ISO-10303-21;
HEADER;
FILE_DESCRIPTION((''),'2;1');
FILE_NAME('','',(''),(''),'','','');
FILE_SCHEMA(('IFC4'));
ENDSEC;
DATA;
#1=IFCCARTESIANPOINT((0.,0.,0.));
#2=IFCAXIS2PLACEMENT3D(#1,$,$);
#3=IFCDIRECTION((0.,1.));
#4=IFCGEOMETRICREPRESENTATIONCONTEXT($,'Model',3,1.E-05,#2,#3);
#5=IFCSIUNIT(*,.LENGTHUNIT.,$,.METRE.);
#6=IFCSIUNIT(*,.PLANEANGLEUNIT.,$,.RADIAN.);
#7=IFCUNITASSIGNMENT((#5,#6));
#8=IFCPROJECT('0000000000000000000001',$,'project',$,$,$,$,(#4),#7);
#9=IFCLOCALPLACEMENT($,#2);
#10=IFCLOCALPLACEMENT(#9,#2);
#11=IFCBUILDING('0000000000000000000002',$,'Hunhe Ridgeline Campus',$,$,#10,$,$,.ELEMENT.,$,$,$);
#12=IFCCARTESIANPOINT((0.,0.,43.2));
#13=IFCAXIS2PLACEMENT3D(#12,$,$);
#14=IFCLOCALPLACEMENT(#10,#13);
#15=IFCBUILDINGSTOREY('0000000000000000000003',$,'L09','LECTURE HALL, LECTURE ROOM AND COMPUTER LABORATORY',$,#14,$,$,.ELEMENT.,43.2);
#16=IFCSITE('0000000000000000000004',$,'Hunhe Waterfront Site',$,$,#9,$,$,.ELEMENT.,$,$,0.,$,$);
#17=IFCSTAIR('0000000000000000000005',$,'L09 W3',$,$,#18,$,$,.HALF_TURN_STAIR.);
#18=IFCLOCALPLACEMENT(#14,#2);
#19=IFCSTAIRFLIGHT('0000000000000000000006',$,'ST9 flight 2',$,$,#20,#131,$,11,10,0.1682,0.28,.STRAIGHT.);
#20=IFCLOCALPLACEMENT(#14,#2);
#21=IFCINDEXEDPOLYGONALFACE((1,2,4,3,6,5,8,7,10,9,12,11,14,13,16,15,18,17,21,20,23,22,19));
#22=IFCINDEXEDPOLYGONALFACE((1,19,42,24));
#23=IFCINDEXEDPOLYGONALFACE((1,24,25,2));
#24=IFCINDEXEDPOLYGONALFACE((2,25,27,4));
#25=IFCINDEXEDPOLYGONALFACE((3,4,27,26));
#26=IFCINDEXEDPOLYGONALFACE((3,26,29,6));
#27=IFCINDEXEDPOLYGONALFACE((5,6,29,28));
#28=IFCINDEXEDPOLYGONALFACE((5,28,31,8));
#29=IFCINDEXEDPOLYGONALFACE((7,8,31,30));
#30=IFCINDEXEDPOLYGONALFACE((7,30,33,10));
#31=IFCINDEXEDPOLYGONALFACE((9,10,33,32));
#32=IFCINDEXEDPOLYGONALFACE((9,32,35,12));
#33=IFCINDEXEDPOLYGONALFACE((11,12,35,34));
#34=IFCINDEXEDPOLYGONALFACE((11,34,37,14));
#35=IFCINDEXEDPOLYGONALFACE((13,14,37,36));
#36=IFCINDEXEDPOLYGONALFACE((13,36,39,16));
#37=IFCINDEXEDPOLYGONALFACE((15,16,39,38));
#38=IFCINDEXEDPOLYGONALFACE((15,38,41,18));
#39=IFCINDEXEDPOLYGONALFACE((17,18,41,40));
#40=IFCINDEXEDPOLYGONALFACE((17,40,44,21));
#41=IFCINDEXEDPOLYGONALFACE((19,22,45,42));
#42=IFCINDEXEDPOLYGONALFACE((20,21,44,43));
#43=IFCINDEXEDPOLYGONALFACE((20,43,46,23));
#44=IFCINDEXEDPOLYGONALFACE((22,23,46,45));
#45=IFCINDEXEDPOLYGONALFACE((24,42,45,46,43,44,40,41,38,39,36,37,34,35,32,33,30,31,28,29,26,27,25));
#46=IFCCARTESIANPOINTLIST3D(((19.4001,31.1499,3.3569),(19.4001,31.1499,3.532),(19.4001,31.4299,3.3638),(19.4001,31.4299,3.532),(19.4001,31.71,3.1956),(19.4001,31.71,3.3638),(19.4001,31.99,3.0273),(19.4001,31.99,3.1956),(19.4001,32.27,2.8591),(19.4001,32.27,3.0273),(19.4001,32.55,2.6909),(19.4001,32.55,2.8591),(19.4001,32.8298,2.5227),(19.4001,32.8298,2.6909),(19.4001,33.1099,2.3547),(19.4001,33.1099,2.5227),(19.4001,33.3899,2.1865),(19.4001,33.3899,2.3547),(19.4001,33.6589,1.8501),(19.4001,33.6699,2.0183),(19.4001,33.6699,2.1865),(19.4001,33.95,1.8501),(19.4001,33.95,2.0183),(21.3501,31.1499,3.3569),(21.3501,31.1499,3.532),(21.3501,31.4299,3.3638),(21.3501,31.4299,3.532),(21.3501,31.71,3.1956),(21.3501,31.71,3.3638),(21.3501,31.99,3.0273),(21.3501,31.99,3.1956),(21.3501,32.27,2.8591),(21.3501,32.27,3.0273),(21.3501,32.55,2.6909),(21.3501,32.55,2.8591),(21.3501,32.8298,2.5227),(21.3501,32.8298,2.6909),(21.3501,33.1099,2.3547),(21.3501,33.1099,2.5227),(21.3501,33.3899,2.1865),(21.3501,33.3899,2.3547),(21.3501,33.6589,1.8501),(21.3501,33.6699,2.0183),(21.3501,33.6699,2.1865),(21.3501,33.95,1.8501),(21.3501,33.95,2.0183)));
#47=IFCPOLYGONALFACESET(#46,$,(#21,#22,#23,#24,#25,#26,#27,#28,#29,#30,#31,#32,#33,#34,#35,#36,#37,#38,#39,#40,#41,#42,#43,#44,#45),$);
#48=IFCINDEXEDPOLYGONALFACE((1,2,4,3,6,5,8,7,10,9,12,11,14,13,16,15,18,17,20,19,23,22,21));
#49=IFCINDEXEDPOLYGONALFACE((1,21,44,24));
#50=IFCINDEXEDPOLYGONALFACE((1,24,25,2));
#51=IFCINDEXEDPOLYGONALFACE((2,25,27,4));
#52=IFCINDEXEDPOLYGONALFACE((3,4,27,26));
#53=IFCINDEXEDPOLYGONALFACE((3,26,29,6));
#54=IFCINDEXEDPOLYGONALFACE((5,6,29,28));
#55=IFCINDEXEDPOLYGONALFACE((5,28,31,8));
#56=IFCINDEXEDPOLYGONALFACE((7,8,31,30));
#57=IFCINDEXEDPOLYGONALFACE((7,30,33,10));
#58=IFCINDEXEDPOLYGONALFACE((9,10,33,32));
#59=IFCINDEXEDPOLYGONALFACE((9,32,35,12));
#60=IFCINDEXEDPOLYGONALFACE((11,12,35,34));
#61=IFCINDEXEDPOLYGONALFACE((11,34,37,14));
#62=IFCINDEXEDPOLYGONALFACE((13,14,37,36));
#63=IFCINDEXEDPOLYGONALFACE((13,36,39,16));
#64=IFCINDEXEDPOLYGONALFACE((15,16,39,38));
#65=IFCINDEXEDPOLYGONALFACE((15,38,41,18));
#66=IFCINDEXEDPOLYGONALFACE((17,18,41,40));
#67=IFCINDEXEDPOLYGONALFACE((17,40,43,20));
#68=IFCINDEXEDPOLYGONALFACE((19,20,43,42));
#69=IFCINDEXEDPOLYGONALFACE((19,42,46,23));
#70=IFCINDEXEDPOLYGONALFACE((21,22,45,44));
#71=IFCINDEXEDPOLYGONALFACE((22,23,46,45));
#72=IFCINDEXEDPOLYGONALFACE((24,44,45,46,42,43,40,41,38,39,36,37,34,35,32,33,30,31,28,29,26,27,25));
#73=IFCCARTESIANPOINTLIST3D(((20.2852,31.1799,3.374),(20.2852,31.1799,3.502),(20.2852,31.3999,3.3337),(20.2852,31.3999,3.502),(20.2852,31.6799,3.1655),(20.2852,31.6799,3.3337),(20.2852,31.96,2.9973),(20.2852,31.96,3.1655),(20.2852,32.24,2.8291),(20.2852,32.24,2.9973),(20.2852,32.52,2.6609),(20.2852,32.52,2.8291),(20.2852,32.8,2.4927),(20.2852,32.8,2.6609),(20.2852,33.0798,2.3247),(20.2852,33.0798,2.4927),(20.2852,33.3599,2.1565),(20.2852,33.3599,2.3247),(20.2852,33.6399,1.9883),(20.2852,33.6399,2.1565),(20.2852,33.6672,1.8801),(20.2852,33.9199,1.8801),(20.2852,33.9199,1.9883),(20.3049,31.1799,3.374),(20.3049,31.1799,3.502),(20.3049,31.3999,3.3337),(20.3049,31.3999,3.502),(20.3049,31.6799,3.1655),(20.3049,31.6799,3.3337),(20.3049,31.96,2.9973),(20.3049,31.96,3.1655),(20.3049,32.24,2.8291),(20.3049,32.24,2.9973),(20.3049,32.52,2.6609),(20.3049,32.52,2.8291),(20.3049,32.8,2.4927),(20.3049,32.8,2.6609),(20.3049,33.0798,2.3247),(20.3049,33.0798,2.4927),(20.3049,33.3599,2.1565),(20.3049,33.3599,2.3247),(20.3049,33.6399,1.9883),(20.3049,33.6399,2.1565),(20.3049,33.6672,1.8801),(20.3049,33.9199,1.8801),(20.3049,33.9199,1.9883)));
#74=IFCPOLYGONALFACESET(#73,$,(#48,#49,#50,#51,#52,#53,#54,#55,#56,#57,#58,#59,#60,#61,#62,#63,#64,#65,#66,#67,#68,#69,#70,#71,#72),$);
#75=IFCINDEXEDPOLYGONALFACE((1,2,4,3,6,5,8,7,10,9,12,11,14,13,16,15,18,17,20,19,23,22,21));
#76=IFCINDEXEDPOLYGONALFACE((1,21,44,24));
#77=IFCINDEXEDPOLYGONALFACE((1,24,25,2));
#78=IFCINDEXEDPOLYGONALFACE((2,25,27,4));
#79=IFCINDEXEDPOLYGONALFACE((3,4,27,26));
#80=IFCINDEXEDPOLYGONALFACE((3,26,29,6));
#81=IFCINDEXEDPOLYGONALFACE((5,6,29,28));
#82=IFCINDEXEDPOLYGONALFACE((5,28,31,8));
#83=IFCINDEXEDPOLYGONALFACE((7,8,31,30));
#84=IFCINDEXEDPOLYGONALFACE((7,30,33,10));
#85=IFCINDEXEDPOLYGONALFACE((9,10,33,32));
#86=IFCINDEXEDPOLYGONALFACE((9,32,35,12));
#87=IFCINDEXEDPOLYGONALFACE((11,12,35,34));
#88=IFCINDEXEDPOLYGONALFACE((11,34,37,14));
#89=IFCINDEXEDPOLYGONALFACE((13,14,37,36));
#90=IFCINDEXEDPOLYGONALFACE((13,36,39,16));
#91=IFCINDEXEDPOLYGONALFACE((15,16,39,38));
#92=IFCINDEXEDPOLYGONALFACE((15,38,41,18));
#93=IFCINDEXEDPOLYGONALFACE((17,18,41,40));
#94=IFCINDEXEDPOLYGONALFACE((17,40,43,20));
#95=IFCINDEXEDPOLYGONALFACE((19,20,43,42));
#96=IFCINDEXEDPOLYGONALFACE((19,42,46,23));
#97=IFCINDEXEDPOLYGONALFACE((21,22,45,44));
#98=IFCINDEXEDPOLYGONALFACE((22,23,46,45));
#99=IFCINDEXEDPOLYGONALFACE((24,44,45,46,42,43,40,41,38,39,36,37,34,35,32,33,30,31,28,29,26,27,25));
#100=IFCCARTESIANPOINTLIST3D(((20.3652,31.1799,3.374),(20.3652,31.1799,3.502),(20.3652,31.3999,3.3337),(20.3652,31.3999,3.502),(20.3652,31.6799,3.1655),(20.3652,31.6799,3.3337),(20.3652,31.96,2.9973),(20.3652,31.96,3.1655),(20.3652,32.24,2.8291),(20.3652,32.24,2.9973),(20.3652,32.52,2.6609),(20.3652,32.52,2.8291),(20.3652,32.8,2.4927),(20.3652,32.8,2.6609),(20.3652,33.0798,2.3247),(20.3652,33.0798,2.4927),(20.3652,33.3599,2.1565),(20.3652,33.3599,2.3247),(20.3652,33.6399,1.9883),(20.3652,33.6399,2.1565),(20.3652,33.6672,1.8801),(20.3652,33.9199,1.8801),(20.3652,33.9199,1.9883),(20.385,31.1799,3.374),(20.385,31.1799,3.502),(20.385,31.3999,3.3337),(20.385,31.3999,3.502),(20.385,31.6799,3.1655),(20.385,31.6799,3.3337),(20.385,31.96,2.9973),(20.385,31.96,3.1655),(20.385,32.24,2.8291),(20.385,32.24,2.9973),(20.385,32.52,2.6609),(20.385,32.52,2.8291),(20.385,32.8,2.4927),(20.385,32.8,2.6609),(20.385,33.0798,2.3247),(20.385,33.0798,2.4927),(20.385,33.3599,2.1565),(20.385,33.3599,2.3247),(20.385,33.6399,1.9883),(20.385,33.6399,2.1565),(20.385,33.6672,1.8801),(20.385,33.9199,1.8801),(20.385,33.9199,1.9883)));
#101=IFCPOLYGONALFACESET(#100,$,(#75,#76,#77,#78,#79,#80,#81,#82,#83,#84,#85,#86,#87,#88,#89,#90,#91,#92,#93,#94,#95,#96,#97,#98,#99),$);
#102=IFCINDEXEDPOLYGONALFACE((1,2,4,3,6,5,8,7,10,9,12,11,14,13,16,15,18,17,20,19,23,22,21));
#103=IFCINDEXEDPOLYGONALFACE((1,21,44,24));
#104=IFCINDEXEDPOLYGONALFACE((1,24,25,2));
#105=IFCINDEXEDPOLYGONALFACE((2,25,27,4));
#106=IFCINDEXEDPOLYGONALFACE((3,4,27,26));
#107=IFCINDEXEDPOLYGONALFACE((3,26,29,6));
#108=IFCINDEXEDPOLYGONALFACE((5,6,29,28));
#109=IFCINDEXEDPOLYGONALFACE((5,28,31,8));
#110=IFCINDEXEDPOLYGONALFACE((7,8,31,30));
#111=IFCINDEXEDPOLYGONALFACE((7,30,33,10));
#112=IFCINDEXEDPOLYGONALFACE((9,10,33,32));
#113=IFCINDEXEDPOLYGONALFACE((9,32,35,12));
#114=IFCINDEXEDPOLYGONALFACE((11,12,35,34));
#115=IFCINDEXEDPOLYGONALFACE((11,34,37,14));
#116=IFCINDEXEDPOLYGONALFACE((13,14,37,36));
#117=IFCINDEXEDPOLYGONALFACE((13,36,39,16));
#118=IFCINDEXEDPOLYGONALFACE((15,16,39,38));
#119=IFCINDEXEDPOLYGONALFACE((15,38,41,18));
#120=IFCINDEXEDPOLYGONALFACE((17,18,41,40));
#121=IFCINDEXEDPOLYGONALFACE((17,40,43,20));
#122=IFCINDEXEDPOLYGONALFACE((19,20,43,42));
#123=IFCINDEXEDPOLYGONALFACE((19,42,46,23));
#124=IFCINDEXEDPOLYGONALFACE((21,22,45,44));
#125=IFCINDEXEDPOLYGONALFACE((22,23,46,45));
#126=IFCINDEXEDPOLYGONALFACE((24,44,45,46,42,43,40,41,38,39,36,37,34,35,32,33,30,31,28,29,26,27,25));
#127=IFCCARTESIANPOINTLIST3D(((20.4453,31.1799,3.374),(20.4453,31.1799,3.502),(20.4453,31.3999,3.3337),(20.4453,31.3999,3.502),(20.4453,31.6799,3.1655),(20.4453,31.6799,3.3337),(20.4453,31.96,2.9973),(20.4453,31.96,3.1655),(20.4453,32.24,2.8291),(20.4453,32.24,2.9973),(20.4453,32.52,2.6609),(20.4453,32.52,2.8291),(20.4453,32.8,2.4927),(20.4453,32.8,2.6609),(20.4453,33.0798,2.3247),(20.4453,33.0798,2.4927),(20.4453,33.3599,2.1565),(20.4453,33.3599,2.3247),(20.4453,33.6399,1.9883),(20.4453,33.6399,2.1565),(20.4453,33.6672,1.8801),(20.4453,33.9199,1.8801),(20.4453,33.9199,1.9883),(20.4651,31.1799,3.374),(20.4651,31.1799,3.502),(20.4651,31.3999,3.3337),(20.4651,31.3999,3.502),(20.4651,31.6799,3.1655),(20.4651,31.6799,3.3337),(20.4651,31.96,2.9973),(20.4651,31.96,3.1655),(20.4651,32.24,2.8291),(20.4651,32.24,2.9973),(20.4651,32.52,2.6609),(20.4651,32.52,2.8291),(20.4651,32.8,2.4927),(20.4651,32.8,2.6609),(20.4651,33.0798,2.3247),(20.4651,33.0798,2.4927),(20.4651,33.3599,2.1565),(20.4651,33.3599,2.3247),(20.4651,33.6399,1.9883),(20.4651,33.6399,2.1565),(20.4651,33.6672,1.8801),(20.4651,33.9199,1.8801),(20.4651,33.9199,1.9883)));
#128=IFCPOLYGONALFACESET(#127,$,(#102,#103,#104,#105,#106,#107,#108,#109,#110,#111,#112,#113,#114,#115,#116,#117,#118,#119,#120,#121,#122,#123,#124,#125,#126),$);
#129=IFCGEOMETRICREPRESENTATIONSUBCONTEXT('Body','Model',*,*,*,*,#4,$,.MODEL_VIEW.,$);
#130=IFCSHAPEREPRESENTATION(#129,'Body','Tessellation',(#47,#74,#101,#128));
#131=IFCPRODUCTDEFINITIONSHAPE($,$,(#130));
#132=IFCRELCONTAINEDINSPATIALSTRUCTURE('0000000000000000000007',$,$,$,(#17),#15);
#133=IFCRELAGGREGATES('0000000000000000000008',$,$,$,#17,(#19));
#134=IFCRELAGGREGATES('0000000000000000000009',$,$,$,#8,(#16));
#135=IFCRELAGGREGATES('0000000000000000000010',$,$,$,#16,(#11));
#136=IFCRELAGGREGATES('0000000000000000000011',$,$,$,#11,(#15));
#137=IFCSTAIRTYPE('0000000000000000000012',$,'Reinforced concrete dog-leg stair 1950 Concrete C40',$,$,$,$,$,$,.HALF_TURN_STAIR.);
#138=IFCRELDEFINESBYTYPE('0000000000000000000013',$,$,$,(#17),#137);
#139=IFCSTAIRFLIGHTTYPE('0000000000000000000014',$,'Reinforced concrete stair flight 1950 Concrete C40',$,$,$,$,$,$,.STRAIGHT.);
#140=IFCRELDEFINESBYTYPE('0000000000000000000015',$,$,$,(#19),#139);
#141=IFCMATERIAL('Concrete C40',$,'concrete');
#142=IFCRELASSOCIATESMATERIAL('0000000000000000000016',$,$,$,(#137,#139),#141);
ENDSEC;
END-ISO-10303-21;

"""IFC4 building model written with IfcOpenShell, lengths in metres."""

from ifc_helpers import new_model, si_unit, direction, frame, origin, place, context, subcontext, project, spatial, polyline, outline, extrude, material, type_object, element, aggregate, save


model = new_model("IFC4")

# Units and contexts
model_context = context("Model", 3, precision=1e-05, world=origin(), true_north=direction((0.0, 1.0)))
body_context = subcontext(model_context, "Body", "Model", "MODEL_VIEW")
ifc_project = project(units=[si_unit("LENGTHUNIT", "METRE"), si_unit("PLANEANGLEUNIT", "RADIAN")], contexts=[model_context])

# Site, building, storey
site_placement = place(None, origin())
site = spatial("IfcSite", under=ifc_project, at=site_placement, Name="Hunhe Waterfront Site", CompositionType="ELEMENT", RefElevation=0.0)
building_placement = place(site_placement, origin())
building = spatial("IfcBuilding", under=site, at=building_placement, Name="Hunhe Ridgeline Campus", CompositionType="ELEMENT")
storey_placement = place(building_placement, frame((0.0, 0.0, 43.2)))
storey = spatial("IfcBuildingStorey", under=building, at=storey_placement, Name="L09", Description="LECTURE HALL, LECTURE ROOM AND COMPUTER LABORATORY", CompositionType="ELEMENT", Elevation=43.2)

# Stair, stair flight
ifc_material_1 = material(Name="Concrete C40", Category="concrete")
stair_type = type_object("IfcStairType", Name="Reinforced concrete dog-leg stair 1950 Concrete C40", PredefinedType="HALF_TURN_STAIR", material=ifc_material_1)
stair_placement = place(storey_placement, origin())
stair = element("IfcStair", 1, at=stair_placement, inside=storey, type_object=stair_type, Name="L09 W3", PredefinedType="HALF_TURN_STAIR")
stair_flight_type = type_object("IfcStairFlightType", Name="Reinforced concrete stair flight 1950 Concrete C40", PredefinedType="STRAIGHT", material=ifc_material_1)
stair_flight_placement = place(storey_placement, frame((20.375, 33.95, 1.8501), z_axis=(0.0, 0.0, 1.0), x_axis=(0.0, -1.0, 0.0)))
stair_flight = element("IfcStairFlight", 2, at=stair_flight_placement, type_object=stair_flight_type, Name="ST9 flight 2", NumberOfRisers=11, NumberOfTreads=10, PredefinedType="STRAIGHT", RiserHeight=0.1682, TreadLength=0.28, context=body_context, shape_type="SweptSolid", body=[
    extrude(outline(polyline([(0.0, 0.0), (0.0, 0.1682), (0.28, 0.1682), (0.28, 0.3364), (0.5601, 0.3364), (0.5601, 0.5046), (0.8401, 0.5046), (0.8401, 0.6726), (1.1201, 0.6726), (1.1201, 0.8408), (1.3999, 0.8408), (1.3999, 1.009), (1.6799, 1.009), (1.6799, 1.1772), (1.96, 1.1772), (1.96, 1.3455), (2.24, 1.3455), (2.24, 1.5137), (2.52, 1.5137), (2.52, 1.6819), (2.8, 1.6819), (2.8, 1.8501), (2.8, 1.5068), (0.291, 0.0), (0.0, 0.0)])), frame((0.0, 0.9751, 0.0), z_axis=(0.0, -1.0, 0.0), x_axis=(1.0, 0.0, 0.0)), (0.0, 0.0, 1.0), 1.95),
    extrude(outline(polyline([(0.03, 0.03), (0.03, 0.1382), (0.3101, 0.1382), (0.3101, 0.3064), (0.5901, 0.3064), (0.5901, 0.4746), (0.8701, 0.4746), (0.8701, 0.6426), (1.1499, 0.6426), (1.1499, 0.8108), (1.4299, 0.8108), (1.4299, 0.979), (1.71, 0.979), (1.71, 1.1472), (1.99, 1.1472), (1.99, 1.3154), (2.27, 1.3154), (2.27, 1.4836), (2.55, 1.4836), (2.55, 1.6519), (2.77, 1.6519), (2.77, 1.5239), (0.2827, 0.03), (0.03, 0.03)])), frame((0.0, -0.0701, 0.0), z_axis=(0.0, -1.0, 0.0), x_axis=(1.0, 0.0, 0.0)), (0.0, 0.0, 1.0), 0.0198),
    extrude(outline(polyline([(0.03, 0.03), (0.03, 0.1382), (0.3101, 0.1382), (0.3101, 0.3064), (0.5901, 0.3064), (0.5901, 0.4746), (0.8701, 0.4746), (0.8701, 0.6426), (1.1499, 0.6426), (1.1499, 0.8108), (1.4299, 0.8108), (1.4299, 0.979), (1.71, 0.979), (1.71, 1.1472), (1.99, 1.1472), (1.99, 1.3154), (2.27, 1.3154), (2.27, 1.4836), (2.55, 1.4836), (2.55, 1.6519), (2.77, 1.6519), (2.77, 1.5239), (0.2827, 0.03), (0.03, 0.03)])), frame((0.0, 0.01, 0.0), z_axis=(0.0, -1.0, 0.0), x_axis=(1.0, 0.0, 0.0)), (0.0, 0.0, 1.0), 0.0198),
    extrude(outline(polyline([(0.03, 0.03), (0.03, 0.1382), (0.3101, 0.1382), (0.3101, 0.3064), (0.5901, 0.3064), (0.5901, 0.4746), (0.8701, 0.4746), (0.8701, 0.6426), (1.1499, 0.6426), (1.1499, 0.8108), (1.4299, 0.8108), (1.4299, 0.979), (1.71, 0.979), (1.71, 1.1472), (1.99, 1.1472), (1.99, 1.3154), (2.27, 1.3154), (2.27, 1.4836), (2.55, 1.4836), (2.55, 1.6519), (2.77, 1.6519), (2.77, 1.5239), (0.2827, 0.03), (0.03, 0.03)])), frame((0.0, 0.0901, 0.0), z_axis=(0.0, -1.0, 0.0), x_axis=(1.0, 0.0, 0.0)), (0.0, 0.0, 1.0), 0.0198),
])
aggregate(stair, [stair_flight])

save(model, "model.ifc")
